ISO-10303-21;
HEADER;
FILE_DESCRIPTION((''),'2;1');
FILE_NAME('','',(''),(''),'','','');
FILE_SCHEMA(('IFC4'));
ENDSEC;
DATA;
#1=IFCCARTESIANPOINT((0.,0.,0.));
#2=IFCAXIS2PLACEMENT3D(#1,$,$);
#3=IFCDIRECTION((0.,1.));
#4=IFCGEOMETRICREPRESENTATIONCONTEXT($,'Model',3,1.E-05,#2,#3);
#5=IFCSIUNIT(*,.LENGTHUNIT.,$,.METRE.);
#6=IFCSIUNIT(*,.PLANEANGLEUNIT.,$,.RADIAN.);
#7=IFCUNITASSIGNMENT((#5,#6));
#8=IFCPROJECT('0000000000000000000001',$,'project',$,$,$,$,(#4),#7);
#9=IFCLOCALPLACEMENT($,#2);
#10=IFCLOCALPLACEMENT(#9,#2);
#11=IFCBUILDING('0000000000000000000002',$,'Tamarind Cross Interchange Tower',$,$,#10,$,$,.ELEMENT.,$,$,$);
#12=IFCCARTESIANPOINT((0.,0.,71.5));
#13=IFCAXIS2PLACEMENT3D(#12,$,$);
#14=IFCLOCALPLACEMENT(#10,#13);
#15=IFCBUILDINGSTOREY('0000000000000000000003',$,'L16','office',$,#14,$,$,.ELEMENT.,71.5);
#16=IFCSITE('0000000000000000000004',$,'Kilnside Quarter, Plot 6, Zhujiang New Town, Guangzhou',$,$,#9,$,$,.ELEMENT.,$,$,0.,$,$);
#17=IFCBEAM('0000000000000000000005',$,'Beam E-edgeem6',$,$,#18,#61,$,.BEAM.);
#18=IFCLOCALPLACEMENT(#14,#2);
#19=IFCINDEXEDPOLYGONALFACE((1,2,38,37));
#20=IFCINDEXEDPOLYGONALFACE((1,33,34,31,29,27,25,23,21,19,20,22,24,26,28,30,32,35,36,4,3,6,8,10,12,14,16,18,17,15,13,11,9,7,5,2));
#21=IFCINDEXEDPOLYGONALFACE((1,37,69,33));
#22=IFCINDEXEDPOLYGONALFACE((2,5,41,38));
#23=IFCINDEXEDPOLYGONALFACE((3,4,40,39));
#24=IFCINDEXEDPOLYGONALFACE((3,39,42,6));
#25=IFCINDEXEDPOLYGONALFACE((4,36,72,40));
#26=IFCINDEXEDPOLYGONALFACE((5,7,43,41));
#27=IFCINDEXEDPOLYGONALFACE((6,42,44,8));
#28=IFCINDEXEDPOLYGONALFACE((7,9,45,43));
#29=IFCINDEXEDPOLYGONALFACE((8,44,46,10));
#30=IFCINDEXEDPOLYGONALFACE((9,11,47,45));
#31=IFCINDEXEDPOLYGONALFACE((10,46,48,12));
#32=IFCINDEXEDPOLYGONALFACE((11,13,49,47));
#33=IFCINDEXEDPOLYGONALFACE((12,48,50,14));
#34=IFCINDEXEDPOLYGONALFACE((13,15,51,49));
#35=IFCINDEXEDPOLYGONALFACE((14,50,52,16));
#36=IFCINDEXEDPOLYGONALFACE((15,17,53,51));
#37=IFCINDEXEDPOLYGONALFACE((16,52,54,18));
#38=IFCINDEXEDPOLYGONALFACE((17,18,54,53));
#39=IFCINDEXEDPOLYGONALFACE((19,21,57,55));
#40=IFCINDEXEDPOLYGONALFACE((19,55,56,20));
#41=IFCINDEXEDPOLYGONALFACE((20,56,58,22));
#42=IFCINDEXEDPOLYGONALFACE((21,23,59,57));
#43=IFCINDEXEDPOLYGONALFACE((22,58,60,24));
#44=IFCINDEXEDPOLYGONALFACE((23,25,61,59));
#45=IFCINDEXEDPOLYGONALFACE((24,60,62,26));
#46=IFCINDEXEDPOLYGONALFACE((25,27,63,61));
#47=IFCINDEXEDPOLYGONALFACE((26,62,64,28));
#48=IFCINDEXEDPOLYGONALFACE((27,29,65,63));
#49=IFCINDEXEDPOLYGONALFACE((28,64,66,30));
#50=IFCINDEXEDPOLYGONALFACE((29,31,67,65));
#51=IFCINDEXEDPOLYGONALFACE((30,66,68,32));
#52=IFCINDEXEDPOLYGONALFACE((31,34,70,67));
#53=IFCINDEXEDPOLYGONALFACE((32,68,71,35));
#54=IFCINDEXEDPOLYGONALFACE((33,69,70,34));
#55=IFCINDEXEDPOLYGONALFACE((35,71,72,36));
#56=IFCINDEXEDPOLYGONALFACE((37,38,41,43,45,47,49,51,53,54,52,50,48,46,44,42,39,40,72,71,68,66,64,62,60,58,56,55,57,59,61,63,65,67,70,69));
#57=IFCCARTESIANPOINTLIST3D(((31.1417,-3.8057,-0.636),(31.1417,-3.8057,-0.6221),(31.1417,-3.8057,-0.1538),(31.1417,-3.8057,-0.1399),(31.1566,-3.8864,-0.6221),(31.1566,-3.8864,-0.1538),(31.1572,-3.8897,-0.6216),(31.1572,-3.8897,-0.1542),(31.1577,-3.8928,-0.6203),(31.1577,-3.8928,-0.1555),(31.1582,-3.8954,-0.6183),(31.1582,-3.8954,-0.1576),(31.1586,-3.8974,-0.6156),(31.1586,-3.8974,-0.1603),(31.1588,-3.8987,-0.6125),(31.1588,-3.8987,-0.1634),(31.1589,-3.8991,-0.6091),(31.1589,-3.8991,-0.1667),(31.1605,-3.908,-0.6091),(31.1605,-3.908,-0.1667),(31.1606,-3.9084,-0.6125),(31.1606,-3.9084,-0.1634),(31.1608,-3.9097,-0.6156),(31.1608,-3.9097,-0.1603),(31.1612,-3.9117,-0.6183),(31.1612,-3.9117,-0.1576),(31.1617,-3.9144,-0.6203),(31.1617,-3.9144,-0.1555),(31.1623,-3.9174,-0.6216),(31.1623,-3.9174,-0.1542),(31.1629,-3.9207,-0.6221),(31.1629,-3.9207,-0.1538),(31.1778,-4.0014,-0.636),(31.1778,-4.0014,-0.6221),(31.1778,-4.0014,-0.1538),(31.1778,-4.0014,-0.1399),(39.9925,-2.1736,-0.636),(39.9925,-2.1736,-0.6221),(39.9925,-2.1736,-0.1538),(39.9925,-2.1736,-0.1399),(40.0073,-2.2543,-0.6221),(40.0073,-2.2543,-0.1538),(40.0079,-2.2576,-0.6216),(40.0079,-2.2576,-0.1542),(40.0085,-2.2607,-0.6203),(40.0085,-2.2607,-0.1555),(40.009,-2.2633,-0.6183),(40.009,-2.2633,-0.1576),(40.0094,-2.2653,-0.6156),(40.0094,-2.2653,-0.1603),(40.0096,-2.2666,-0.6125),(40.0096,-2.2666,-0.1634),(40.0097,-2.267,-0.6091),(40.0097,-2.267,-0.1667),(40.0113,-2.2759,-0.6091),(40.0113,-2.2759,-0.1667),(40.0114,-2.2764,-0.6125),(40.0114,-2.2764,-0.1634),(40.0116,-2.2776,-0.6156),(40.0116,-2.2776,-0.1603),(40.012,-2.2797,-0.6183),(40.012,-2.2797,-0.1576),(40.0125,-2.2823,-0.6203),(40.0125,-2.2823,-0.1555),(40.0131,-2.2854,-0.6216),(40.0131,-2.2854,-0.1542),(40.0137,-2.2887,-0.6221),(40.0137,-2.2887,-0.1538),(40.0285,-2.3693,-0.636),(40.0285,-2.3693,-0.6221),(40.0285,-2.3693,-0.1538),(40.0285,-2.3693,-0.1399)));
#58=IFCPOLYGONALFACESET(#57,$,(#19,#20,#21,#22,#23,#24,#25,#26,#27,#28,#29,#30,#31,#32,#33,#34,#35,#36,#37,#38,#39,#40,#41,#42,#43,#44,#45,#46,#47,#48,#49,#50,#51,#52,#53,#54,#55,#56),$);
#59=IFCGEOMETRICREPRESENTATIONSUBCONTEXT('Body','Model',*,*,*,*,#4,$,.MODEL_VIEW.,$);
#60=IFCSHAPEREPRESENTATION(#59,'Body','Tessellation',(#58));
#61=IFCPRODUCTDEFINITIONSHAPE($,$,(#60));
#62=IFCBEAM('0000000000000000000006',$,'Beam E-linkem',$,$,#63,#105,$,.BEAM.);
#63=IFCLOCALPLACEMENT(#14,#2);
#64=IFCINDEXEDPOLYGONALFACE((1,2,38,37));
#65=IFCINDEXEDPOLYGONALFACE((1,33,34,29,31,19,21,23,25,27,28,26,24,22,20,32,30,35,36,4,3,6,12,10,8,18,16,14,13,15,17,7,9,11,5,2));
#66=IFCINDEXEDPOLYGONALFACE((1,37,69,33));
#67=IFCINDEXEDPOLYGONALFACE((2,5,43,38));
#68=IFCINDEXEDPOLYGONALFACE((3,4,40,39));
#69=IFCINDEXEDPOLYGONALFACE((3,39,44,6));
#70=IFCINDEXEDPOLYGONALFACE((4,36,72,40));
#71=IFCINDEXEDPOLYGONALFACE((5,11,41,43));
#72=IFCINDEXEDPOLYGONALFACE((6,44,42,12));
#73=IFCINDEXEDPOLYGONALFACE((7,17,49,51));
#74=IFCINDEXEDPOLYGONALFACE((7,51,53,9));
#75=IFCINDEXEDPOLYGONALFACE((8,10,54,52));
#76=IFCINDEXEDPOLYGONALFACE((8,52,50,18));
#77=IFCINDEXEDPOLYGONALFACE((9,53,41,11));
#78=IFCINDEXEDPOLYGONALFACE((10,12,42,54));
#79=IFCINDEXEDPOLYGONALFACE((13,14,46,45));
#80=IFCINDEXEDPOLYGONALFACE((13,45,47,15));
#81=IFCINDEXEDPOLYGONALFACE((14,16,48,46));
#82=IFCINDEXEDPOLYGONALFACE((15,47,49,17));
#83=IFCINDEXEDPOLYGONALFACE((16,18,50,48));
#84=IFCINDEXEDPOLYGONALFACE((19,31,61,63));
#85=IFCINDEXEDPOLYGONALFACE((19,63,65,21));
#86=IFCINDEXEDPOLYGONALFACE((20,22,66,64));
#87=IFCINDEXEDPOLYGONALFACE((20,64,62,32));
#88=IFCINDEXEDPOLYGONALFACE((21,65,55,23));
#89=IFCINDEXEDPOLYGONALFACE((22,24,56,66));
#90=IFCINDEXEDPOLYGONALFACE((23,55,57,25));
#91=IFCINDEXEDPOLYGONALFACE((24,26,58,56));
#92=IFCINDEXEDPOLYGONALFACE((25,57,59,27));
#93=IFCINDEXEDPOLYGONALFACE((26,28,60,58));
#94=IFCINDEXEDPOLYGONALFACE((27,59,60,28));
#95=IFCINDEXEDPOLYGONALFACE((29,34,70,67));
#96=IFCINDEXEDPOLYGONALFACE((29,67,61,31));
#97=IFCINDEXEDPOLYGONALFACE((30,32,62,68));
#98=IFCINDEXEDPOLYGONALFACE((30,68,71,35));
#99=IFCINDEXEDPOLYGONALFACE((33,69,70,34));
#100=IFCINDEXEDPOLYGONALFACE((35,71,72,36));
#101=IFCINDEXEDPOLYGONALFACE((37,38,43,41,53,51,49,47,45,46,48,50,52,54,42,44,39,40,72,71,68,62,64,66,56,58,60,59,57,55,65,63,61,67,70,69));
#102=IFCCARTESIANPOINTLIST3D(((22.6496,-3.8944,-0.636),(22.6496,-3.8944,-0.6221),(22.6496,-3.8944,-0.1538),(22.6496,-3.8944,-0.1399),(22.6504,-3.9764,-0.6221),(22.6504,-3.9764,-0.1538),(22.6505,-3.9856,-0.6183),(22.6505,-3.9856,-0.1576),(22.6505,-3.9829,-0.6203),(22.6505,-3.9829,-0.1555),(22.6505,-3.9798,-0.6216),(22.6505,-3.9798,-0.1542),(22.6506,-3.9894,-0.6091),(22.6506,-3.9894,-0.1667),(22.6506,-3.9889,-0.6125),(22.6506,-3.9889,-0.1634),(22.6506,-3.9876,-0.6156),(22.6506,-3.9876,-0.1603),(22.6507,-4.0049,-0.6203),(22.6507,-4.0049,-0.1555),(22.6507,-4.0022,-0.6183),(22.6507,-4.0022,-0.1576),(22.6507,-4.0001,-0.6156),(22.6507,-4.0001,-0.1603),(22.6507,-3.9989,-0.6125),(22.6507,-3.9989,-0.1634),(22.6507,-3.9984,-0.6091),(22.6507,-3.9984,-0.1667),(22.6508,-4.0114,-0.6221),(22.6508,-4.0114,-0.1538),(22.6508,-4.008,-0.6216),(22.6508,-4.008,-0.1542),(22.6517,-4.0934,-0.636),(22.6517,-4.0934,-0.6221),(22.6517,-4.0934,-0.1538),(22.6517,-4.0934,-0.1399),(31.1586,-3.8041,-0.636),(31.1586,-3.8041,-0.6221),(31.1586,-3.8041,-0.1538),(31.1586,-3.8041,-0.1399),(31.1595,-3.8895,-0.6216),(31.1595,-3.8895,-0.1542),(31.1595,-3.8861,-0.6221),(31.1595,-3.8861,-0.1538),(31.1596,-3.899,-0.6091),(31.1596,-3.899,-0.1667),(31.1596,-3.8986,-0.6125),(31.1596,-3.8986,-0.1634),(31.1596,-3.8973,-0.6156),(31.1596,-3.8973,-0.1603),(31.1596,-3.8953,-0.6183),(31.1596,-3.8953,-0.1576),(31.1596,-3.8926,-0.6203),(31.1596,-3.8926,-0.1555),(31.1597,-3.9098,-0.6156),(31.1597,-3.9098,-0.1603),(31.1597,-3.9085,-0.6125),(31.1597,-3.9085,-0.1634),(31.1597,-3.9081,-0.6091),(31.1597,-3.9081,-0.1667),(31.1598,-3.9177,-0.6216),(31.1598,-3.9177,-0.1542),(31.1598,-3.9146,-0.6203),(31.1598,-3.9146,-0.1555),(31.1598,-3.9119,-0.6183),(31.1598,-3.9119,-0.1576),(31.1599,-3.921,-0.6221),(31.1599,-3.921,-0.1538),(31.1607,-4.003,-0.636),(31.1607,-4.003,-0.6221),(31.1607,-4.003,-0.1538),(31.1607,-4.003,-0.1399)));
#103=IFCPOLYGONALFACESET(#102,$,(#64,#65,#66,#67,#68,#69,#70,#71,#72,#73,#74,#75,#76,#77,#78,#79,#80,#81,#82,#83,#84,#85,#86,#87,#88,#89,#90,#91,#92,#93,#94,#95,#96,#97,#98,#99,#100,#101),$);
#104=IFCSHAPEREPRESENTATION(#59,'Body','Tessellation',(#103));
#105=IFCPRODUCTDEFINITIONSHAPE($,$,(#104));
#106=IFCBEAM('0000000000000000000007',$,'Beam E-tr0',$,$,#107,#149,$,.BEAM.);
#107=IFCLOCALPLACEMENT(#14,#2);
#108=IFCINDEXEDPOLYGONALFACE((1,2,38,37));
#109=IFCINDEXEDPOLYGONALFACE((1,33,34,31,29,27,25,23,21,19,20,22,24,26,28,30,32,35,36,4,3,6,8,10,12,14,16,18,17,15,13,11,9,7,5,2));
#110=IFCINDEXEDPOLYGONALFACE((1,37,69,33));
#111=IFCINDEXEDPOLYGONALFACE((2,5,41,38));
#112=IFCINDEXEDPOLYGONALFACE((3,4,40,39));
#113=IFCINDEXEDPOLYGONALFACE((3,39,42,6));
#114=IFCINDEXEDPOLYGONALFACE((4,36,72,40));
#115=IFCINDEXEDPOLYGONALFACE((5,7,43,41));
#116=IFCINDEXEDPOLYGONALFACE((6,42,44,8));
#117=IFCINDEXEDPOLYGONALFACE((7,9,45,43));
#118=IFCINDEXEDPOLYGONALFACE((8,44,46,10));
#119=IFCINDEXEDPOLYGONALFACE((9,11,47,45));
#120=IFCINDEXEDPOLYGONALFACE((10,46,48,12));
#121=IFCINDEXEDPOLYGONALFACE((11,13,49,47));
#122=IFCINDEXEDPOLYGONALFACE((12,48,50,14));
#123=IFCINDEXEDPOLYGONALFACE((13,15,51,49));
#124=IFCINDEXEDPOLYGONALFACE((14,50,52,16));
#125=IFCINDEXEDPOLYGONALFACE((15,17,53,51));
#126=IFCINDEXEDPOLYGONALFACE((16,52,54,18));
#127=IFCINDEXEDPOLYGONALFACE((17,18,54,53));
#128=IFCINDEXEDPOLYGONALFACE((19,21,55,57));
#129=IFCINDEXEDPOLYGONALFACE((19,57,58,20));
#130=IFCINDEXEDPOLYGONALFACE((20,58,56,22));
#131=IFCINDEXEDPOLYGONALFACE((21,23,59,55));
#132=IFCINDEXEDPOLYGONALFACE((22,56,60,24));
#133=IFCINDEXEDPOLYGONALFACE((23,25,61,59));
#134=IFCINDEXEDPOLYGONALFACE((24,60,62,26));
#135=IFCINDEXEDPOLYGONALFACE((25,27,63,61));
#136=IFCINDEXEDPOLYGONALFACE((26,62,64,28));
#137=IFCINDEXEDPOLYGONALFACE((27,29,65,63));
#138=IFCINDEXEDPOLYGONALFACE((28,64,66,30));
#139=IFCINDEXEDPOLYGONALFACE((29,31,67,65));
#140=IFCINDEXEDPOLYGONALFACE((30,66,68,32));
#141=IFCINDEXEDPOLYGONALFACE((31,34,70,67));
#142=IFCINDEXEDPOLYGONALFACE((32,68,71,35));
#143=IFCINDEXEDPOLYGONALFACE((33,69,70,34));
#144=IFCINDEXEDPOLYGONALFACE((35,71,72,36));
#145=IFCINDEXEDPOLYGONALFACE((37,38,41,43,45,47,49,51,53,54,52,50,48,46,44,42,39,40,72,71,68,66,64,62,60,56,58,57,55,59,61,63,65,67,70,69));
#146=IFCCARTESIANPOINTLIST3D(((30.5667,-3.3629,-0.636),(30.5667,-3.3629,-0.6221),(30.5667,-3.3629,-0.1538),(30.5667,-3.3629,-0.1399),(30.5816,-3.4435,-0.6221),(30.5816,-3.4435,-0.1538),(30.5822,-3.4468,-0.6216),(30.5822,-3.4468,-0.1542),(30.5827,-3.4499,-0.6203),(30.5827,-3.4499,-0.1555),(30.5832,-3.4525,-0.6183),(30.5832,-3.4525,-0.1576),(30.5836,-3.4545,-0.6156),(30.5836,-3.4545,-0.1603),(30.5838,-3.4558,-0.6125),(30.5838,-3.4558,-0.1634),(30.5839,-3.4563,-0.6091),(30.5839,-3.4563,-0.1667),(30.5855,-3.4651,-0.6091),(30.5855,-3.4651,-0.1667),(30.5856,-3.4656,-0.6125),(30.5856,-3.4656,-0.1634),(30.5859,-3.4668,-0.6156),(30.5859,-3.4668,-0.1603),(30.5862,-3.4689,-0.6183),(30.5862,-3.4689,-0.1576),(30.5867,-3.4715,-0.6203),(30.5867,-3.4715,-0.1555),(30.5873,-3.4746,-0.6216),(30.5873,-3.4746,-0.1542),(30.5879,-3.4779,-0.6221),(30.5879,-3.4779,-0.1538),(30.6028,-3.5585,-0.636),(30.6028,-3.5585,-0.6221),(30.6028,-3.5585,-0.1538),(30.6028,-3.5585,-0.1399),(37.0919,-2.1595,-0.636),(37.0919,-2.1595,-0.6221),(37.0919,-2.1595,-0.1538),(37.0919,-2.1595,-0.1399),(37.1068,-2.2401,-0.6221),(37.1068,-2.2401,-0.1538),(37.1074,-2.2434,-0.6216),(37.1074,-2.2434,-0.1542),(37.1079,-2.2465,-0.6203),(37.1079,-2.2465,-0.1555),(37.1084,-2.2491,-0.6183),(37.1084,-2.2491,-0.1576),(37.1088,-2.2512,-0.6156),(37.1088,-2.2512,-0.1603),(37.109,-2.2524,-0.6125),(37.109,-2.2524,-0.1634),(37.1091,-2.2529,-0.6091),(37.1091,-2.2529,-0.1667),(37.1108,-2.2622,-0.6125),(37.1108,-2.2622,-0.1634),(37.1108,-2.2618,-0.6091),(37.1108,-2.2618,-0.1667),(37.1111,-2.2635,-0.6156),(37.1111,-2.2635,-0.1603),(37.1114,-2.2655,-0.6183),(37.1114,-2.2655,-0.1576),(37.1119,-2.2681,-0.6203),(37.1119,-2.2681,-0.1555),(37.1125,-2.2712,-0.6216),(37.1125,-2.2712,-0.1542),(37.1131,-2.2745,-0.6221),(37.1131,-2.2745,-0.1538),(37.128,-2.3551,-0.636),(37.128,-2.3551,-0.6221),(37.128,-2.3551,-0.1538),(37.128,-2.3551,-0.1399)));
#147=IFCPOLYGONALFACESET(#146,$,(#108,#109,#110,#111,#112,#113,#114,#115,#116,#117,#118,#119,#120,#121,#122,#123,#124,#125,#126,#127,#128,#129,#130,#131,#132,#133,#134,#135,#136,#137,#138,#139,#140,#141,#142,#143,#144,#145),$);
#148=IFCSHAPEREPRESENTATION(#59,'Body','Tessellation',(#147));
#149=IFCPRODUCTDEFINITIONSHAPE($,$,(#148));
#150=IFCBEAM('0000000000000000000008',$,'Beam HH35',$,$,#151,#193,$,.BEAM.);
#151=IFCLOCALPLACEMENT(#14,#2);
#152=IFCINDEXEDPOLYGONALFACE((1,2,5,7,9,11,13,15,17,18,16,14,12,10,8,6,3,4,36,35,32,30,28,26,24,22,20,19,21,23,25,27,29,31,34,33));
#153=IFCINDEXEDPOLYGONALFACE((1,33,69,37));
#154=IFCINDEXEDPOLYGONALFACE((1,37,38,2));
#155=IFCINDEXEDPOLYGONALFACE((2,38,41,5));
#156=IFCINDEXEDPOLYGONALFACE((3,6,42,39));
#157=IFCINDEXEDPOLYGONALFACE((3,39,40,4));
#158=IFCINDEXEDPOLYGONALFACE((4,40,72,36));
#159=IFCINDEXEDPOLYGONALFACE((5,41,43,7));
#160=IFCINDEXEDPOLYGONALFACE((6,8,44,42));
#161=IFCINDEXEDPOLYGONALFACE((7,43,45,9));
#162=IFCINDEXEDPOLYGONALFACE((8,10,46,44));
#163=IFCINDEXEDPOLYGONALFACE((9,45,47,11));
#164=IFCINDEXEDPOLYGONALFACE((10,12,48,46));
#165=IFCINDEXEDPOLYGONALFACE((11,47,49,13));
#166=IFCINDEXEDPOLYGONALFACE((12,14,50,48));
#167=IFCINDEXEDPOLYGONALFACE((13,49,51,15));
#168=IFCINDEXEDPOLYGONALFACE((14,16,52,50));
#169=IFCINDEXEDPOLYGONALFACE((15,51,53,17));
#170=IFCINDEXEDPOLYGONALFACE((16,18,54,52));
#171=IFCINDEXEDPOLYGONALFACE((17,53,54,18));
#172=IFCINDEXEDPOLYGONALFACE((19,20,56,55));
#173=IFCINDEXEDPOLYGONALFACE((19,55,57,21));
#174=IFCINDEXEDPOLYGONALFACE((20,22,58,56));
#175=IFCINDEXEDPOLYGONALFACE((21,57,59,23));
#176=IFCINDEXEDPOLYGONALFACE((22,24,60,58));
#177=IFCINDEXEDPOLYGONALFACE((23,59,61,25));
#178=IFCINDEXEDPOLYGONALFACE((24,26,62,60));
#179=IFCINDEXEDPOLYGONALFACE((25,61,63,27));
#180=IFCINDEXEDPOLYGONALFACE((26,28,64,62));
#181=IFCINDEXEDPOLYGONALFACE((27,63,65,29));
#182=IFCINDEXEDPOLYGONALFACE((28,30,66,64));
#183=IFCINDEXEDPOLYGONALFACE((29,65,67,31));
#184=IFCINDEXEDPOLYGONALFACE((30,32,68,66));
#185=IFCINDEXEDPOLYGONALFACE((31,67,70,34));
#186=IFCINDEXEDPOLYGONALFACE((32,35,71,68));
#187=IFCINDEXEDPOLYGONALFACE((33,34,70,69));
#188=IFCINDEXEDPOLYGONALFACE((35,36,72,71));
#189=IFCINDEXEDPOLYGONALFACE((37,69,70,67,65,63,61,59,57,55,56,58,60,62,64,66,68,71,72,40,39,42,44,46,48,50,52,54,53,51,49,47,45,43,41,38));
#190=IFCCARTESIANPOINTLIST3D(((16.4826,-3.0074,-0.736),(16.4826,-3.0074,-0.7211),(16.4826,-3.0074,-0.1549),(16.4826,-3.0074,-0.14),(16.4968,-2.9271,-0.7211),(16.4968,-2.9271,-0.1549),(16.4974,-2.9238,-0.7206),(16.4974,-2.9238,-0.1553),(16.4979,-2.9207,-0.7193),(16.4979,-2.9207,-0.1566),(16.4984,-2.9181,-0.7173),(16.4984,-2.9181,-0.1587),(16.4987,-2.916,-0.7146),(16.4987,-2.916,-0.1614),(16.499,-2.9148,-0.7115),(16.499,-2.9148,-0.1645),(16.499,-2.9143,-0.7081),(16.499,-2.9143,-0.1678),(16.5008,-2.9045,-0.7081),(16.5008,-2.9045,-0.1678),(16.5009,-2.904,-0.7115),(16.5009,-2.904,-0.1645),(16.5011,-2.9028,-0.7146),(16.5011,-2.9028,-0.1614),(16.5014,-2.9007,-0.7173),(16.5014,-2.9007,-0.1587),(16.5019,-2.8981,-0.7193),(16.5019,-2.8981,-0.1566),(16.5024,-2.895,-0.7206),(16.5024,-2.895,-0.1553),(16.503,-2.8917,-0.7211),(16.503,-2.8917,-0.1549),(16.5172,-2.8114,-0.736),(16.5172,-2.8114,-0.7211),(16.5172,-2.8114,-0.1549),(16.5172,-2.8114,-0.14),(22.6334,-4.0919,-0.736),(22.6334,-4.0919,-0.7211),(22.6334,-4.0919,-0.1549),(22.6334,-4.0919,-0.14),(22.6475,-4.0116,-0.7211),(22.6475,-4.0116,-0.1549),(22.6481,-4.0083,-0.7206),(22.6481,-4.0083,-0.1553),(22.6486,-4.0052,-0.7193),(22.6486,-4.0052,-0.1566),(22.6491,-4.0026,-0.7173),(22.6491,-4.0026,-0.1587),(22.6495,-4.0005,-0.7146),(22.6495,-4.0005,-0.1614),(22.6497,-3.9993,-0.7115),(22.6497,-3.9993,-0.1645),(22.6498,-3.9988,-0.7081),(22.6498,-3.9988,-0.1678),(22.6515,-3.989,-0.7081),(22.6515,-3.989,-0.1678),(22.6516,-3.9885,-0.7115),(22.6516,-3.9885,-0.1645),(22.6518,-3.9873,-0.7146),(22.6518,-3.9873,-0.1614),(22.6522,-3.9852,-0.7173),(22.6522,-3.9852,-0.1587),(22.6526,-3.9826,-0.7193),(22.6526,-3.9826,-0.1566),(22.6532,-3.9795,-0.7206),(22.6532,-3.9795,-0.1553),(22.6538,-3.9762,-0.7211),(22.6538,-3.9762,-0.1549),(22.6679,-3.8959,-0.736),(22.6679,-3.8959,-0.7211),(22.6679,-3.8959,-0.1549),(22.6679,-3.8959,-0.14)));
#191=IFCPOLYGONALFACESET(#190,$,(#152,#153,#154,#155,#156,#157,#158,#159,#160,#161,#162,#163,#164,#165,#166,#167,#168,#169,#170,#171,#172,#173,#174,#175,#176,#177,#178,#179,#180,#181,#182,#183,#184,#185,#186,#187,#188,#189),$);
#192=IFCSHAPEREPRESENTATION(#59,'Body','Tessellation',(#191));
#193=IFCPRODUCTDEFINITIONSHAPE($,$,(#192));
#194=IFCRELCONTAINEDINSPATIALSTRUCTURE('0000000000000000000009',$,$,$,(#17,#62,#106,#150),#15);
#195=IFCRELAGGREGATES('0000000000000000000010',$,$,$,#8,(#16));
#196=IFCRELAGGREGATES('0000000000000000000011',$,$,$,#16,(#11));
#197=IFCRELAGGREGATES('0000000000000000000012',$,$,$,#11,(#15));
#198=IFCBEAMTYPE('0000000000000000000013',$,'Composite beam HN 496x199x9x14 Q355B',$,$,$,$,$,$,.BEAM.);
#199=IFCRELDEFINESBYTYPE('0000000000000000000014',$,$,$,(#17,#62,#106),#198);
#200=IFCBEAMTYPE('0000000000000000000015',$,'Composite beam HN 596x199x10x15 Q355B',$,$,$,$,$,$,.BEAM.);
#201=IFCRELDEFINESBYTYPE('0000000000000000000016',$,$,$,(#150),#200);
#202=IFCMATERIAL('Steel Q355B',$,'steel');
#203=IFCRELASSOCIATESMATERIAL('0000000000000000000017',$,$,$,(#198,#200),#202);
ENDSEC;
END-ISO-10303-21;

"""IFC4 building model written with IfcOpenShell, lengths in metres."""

from ifc_helpers import new_model, si_unit, direction, frame, origin, origin_2d, place, context, subcontext, project, spatial, i_section, extrude, material, material_profile, profile_set, type_object, element, save


model = new_model("IFC4")

# Units and contexts
model_context = context("Model", 3, precision=1e-05, world=origin(), true_north=direction((0.0, 1.0)))
body_context = subcontext(model_context, "Body", "Model", "MODEL_VIEW")
ifc_project = project(units=[si_unit("LENGTHUNIT", "METRE"), si_unit("PLANEANGLEUNIT", "RADIAN")], contexts=[model_context])

# Site, building, storey
site_placement = place(None, origin())
site = spatial("IfcSite", under=ifc_project, at=site_placement, Name="Kilnside Quarter, Plot 6, Zhujiang New Town, Guangzhou", CompositionType="ELEMENT", RefElevation=0.0)
building_placement = place(site_placement, origin())
building = spatial("IfcBuilding", under=site, at=building_placement, Name="Tamarind Cross Interchange Tower", CompositionType="ELEMENT")
storey_placement = place(building_placement, frame((0.0, 0.0, 71.5)))
storey = spatial("IfcBuildingStorey", under=building, at=storey_placement, Name="L16", Description="office", CompositionType="ELEMENT", Elevation=71.5)

# Beams
ifc_material_1 = material(Name="Steel Q355B", Category="steel")
ifc_material_profile_1 = material_profile(ifc_material_1, i_section(OverallWidth=0.199, OverallDepth=0.4961, WebThickness=0.009, FlangeThickness=0.0139, FilletRadius=0.0129, at=origin_2d()), Name="HN 496x199x9x14")
ifc_profile_set_1 = profile_set([ifc_material_profile_1], Name="Steel Q355B")
beam_type_1 = type_object("IfcBeamType", Name="Composite beam HN 496x199x9x14 Q355B", PredefinedType="BEAM", material=ifc_profile_set_1)
beam_1_placement = place(storey_placement, frame((40.0105, -2.2715, -0.3879), z_axis=(-0.98342, -0.181341, 0.0), x_axis=(0.181341, -0.98342, 0.0)))
element("IfcBeam", 1, at=beam_1_placement, inside=storey, type_object=beam_type_1, Name="Beam E-edgeem6", PredefinedType="BEAM", context=body_context, shape_type="SweptSolid", body=[
    extrude(i_section(OverallWidth=0.199, OverallDepth=0.4961, WebThickness=0.009, FlangeThickness=0.0139, FilletRadius=0.0129, at=origin_2d()), origin(), (0.0, 0.0, 1.0), 9.0),
])
beam_2_placement = place(storey_placement, frame((31.1597, -3.9036, -0.3879), z_axis=(-0.999944, -0.010615, 0.0), x_axis=(0.010615, -0.999944, 0.0)))
element("IfcBeam", 2, at=beam_2_placement, inside=storey, type_object=beam_type_1, Name="Beam E-linkem", PredefinedType="BEAM", context=body_context, shape_type="SweptSolid", body=[
    extrude(i_section(OverallWidth=0.199, OverallDepth=0.4961, WebThickness=0.009, FlangeThickness=0.0139, FilletRadius=0.0129, at=origin_2d()), origin(), (0.0, 0.0, 1.0), 8.5095),
])
beam_3_placement = place(storey_placement, frame((30.5847, -3.4607, -0.3879), z_axis=(0.983416, 0.181362, 0.0), x_axis=(-0.181362, 0.983416, 0.0)))
element("IfcBeam", 3, at=beam_3_placement, inside=storey, type_object=beam_type_1, Name="Beam E-tr0", PredefinedType="BEAM", context=body_context, shape_type="SweptSolid", body=[
    extrude(i_section(OverallWidth=0.199, OverallDepth=0.4961, WebThickness=0.009, FlangeThickness=0.0139, FilletRadius=0.0129, at=origin_2d()), origin(), (0.0, 0.0, 1.0), 6.6353),
])
ifc_material_profile_2 = material_profile(ifc_material_1, i_section(OverallWidth=0.199, OverallDepth=0.5959, WebThickness=0.01, FlangeThickness=0.0149, FilletRadius=0.0129, at=origin_2d()), Name="HN 596x199x10x15")
ifc_profile_set_2 = profile_set([ifc_material_profile_2], Name="Steel Q355B")
beam_type_2 = type_object("IfcBeamType", Name="Composite beam HN 596x199x10x15 Q355B", PredefinedType="BEAM", material=ifc_profile_set_2)
beam_4_placement = place(storey_placement, frame((22.6506, -3.9939, -0.438), z_axis=(-0.984809, 0.17364, 0.0), x_axis=(-0.17364, -0.984809, 0.0)))
element("IfcBeam", 4, at=beam_4_placement, inside=storey, type_object=beam_type_2, Name="Beam HH35", PredefinedType="BEAM", context=body_context, shape_type="SweptSolid", body=[
    extrude(i_section(OverallWidth=0.199, OverallDepth=0.5959, WebThickness=0.01, FlangeThickness=0.0149, FilletRadius=0.0129, at=origin_2d()), origin(), (0.0, 0.0, 1.0), 6.2456),
])

save(model, "model.ifc")
